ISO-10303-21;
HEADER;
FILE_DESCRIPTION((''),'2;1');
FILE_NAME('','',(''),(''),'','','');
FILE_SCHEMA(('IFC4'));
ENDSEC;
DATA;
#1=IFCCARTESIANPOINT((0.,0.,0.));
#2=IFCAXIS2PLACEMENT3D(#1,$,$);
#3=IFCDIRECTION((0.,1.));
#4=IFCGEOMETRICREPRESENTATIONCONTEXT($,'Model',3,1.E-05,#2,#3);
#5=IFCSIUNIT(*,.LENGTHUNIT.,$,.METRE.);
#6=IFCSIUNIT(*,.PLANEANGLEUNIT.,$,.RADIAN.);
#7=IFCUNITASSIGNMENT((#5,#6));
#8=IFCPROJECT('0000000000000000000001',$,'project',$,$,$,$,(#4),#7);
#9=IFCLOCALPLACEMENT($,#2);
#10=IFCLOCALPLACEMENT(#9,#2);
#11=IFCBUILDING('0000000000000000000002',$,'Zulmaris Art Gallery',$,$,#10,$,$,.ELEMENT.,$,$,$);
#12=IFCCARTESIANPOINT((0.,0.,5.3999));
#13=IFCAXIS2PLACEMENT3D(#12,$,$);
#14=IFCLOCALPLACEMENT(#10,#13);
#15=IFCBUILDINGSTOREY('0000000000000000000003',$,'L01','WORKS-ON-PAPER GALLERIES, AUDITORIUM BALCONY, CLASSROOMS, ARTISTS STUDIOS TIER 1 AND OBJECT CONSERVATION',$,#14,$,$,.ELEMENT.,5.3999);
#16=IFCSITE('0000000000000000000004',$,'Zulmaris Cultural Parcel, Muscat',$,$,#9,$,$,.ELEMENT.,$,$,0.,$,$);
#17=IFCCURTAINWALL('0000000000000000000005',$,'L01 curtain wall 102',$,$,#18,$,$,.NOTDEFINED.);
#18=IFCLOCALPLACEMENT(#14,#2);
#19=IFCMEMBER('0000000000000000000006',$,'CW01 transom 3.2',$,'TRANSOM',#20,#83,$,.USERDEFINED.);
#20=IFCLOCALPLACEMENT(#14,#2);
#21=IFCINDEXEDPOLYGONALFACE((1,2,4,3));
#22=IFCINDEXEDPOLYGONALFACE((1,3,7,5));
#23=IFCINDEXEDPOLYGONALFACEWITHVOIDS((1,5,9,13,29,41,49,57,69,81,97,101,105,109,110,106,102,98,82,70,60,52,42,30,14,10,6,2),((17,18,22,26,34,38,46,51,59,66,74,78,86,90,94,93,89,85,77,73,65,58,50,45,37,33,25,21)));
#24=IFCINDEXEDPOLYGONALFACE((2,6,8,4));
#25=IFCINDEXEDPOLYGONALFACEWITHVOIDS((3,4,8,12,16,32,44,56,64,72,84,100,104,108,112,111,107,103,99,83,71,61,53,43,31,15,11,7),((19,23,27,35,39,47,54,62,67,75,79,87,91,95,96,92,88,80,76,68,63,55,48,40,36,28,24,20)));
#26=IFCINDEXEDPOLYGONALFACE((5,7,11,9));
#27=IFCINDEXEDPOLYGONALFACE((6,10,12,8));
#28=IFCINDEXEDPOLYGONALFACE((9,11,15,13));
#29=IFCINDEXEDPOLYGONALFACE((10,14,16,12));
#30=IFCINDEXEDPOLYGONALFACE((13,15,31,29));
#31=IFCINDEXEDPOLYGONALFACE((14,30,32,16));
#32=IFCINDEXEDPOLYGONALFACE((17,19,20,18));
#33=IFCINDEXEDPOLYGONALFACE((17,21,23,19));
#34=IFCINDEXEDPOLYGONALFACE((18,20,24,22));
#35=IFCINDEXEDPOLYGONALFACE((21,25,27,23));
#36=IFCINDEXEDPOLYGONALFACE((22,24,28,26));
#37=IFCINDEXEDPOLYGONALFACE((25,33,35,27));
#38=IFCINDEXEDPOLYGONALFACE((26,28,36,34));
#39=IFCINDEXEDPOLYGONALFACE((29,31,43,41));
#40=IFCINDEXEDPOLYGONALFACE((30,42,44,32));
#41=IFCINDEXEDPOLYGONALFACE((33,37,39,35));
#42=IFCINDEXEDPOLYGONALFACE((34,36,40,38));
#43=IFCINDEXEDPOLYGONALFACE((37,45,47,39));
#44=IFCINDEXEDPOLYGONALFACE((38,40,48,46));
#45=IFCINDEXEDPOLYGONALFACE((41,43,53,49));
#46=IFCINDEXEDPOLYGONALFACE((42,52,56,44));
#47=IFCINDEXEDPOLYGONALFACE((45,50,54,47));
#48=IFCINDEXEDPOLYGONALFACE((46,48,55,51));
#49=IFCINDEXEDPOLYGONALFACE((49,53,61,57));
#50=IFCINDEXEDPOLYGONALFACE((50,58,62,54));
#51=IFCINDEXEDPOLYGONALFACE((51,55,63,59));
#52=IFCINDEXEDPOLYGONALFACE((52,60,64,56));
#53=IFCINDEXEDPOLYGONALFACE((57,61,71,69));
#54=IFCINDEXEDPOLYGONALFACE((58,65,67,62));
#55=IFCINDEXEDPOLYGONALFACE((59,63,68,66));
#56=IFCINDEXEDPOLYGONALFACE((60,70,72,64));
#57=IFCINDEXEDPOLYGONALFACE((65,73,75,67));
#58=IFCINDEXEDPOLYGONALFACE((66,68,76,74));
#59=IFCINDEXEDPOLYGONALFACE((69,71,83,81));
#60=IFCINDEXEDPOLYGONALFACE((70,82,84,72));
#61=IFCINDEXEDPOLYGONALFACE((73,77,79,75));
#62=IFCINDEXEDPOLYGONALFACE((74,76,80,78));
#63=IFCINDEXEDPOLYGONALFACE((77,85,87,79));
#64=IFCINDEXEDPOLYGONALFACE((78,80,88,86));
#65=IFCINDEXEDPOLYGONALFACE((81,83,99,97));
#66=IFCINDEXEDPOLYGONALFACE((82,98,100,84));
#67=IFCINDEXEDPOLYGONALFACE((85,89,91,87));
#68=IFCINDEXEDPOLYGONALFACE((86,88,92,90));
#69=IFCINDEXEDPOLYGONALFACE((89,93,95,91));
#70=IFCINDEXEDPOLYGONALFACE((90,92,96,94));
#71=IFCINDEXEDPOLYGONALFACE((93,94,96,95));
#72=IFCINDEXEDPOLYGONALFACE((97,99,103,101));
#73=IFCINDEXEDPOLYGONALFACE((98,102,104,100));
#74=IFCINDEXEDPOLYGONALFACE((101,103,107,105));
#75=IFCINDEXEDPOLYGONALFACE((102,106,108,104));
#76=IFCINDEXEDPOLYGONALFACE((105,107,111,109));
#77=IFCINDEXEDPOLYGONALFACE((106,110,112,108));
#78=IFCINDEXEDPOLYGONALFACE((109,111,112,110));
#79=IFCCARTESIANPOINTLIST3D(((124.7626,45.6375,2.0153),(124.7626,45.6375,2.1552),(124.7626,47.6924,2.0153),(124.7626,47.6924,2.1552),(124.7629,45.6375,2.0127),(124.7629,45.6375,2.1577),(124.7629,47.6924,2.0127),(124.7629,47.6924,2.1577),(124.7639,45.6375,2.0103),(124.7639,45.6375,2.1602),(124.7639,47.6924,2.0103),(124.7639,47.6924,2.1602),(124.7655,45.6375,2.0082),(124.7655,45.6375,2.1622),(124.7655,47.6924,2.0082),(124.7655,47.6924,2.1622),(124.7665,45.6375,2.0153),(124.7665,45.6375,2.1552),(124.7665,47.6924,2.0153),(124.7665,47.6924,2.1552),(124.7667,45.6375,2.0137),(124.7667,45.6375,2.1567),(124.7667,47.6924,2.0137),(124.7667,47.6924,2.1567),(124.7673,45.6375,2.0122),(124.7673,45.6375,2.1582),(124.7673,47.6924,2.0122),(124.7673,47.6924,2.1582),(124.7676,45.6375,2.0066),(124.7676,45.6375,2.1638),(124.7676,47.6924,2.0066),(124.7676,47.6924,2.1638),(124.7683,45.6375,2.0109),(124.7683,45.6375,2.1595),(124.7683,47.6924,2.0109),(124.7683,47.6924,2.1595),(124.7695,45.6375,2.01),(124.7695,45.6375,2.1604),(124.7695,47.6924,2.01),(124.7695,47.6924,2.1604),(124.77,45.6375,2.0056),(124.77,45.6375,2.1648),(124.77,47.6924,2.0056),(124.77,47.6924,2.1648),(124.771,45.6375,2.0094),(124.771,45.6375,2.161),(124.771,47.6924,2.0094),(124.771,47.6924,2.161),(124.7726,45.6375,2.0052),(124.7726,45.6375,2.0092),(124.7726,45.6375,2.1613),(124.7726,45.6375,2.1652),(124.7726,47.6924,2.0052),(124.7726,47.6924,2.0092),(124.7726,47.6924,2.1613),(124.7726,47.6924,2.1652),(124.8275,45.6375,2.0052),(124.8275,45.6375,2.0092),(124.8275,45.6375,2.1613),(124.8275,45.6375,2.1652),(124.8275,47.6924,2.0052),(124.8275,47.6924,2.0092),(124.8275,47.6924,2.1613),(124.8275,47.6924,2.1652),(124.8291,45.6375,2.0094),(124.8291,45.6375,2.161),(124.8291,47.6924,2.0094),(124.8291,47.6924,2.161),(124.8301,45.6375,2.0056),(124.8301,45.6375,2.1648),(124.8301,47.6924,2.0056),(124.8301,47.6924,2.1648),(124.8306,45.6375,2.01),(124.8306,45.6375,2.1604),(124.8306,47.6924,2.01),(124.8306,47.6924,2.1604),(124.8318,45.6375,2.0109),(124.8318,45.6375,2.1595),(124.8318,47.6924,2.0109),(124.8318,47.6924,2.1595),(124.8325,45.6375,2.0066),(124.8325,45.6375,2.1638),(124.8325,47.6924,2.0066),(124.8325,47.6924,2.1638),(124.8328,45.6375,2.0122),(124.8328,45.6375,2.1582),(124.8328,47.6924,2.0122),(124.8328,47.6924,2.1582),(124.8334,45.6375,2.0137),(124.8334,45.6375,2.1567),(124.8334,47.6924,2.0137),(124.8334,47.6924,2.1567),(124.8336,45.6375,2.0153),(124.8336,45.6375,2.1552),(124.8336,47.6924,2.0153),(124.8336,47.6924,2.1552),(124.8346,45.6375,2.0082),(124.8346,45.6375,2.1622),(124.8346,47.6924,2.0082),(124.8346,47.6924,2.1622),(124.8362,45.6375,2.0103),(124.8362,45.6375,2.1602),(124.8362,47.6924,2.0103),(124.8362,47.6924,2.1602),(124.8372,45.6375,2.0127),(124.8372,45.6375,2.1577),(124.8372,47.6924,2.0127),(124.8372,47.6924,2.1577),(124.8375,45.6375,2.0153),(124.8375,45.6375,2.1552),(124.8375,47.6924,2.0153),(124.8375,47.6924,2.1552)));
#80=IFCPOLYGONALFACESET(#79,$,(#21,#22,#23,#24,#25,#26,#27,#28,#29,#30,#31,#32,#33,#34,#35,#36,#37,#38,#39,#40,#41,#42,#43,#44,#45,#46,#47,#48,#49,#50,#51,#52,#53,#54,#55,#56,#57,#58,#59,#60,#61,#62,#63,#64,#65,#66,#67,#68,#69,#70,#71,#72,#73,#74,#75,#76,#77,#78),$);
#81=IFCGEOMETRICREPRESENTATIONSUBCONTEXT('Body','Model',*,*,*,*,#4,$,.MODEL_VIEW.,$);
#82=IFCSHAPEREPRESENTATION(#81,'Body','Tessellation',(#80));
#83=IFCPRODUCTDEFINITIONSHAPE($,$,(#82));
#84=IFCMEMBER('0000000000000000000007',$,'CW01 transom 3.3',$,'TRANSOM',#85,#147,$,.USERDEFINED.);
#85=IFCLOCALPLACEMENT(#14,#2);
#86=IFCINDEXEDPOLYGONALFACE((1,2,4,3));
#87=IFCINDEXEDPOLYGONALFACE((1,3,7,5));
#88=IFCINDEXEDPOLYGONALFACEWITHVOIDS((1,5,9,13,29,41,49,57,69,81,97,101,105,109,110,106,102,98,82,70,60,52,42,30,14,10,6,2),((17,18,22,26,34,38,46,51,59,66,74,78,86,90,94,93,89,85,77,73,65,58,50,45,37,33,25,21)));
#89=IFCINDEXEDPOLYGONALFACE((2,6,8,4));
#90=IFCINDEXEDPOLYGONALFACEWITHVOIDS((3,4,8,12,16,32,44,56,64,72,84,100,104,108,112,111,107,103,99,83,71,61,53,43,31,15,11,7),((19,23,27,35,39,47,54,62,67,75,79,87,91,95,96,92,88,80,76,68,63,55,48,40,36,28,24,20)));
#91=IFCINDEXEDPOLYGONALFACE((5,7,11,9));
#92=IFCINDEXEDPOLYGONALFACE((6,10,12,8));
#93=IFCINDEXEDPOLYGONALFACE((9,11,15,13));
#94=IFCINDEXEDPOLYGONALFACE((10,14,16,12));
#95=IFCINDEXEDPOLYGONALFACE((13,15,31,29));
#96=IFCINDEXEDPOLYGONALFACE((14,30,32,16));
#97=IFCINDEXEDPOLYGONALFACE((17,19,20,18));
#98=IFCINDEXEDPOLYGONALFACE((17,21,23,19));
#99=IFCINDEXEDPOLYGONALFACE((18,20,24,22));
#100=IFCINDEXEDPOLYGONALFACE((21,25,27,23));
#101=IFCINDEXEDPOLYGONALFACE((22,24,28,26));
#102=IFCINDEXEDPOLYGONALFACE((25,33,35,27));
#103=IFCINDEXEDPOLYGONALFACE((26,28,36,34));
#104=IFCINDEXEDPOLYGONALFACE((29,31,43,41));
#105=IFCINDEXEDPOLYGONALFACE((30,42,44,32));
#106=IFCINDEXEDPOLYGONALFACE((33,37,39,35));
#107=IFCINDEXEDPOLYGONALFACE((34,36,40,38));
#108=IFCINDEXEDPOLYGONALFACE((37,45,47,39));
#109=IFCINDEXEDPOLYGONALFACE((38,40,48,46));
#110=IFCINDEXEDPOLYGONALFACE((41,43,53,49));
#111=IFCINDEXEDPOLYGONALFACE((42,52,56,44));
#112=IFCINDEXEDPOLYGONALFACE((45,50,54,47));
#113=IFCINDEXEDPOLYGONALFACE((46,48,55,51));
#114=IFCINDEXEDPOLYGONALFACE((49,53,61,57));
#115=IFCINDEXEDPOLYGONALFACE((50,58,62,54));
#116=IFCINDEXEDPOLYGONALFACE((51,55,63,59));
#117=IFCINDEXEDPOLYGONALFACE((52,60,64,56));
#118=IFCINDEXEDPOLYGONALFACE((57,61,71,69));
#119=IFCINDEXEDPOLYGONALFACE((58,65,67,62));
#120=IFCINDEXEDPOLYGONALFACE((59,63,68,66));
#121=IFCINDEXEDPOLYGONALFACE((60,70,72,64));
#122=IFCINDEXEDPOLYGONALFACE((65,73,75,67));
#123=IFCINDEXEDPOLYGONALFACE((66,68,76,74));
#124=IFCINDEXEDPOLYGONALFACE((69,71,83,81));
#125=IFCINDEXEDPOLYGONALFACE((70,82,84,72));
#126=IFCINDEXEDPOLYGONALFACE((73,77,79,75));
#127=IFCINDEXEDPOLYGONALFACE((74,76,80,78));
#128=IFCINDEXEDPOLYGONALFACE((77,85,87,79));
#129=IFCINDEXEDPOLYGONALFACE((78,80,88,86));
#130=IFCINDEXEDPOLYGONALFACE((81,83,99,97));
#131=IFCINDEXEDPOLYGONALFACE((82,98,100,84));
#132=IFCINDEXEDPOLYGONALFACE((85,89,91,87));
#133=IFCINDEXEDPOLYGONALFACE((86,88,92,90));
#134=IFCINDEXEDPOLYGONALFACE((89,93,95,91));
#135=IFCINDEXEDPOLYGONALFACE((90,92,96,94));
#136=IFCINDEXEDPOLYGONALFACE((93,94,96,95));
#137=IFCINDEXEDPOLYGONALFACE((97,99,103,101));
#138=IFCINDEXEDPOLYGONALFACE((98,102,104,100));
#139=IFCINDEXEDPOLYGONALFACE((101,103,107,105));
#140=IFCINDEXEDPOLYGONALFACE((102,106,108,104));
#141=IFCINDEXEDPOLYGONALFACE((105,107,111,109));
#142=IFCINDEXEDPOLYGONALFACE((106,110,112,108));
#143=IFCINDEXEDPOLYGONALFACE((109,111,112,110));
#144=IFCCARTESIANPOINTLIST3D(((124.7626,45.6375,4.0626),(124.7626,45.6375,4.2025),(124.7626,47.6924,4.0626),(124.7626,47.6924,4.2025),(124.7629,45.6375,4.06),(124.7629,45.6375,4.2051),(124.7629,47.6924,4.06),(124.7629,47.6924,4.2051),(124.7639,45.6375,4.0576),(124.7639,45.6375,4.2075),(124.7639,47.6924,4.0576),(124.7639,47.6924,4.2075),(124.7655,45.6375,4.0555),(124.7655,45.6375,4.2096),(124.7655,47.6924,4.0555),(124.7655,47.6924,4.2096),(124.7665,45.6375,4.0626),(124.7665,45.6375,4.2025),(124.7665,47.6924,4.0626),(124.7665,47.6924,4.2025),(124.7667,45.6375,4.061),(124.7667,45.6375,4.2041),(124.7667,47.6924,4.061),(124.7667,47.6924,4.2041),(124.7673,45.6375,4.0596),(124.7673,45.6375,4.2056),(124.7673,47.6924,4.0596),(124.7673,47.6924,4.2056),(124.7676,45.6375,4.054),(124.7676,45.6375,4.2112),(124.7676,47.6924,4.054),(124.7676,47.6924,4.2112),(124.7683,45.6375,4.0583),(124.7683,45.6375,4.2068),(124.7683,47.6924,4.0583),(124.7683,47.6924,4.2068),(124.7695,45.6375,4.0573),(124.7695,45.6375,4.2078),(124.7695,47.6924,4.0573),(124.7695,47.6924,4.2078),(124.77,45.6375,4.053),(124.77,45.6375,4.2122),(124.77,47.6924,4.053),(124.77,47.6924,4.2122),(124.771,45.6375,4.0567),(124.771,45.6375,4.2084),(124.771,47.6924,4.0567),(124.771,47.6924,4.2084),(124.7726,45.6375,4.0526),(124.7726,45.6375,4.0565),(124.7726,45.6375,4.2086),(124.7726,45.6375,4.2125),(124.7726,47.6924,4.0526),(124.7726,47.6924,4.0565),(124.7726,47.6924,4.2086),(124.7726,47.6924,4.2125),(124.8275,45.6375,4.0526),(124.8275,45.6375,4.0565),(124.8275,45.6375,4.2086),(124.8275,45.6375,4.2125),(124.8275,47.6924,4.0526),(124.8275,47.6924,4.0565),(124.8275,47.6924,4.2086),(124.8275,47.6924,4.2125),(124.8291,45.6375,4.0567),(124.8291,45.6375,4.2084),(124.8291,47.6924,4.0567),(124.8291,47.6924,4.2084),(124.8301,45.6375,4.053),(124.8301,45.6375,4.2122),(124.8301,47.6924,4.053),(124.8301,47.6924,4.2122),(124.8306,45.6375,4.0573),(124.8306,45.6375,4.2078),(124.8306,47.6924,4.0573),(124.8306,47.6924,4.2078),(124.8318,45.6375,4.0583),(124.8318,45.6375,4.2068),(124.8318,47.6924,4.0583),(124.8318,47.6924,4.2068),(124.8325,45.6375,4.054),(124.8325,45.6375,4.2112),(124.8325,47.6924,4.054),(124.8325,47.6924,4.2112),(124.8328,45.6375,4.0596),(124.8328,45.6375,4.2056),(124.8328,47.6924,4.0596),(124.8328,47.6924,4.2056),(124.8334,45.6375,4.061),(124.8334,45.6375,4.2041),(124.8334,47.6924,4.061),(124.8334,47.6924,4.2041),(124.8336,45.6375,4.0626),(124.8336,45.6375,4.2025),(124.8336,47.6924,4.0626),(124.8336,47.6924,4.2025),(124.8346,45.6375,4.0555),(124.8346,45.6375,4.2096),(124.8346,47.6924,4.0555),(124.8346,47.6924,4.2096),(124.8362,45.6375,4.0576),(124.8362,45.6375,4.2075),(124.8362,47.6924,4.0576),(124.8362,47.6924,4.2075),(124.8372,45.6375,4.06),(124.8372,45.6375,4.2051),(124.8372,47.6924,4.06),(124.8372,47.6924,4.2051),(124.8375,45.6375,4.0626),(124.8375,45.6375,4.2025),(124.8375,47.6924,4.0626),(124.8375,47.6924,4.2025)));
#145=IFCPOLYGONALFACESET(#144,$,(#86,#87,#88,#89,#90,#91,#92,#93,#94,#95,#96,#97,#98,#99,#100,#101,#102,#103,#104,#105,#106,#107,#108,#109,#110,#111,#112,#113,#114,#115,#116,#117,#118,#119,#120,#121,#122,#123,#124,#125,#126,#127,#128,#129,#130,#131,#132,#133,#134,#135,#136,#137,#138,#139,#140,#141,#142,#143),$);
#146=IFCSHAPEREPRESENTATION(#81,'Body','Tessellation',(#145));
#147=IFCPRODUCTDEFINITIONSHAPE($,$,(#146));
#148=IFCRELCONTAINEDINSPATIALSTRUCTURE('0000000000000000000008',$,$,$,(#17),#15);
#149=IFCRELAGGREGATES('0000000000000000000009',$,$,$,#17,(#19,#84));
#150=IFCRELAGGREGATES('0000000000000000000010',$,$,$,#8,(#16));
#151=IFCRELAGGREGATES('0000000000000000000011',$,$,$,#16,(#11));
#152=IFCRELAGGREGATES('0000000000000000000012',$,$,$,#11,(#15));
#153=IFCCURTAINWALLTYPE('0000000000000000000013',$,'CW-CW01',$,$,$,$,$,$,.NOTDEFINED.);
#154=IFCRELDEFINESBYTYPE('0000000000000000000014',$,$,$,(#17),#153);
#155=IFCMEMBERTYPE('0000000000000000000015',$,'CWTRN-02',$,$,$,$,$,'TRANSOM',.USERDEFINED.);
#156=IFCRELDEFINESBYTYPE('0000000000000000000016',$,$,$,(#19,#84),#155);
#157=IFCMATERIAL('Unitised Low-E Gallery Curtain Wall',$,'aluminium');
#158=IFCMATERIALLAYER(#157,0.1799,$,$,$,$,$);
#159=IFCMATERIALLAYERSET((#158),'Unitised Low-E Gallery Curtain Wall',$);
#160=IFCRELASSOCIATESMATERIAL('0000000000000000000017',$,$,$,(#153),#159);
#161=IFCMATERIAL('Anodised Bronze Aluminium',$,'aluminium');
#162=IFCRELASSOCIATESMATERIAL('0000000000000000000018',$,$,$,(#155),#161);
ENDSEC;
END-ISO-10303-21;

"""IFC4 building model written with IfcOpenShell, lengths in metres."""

from ifc_helpers import new_model, si_unit, direction, frame, origin, origin_2d, place, context, subcontext, project, spatial, hollow_rectangle, extrude, material, layer, layer_set, material_profile, profile_set, type_object, element, aggregate, save


model = new_model("IFC4")

# Units and contexts
model_context = context("Model", 3, precision=1e-05, world=origin(), true_north=direction((0.0, 1.0)))
body_context = subcontext(model_context, "Body", "Model", "MODEL_VIEW")
ifc_project = project(units=[si_unit("LENGTHUNIT", "METRE"), si_unit("PLANEANGLEUNIT", "RADIAN")], contexts=[model_context])

# Site, building, storey
site_placement = place(None, origin())
site = spatial("IfcSite", under=ifc_project, at=site_placement, Name="Zulmaris Cultural Parcel, Muscat", CompositionType="ELEMENT", RefElevation=0.0)
building_placement = place(site_placement, origin())
building = spatial("IfcBuilding", under=site, at=building_placement, Name="Zulmaris Art Gallery", CompositionType="ELEMENT")
storey_placement = place(building_placement, frame((0.0, 0.0, 5.3999)))
storey = spatial("IfcBuildingStorey", under=building, at=storey_placement, Name="L01", Description="WORKS-ON-PAPER GALLERIES, AUDITORIUM BALCONY, CLASSROOMS, ARTISTS STUDIOS TIER 1 AND OBJECT CONSERVATION", CompositionType="ELEMENT", Elevation=5.3999)

# Curtain wall
ifc_material_1 = material(Name="Unitised Low-E Gallery Curtain Wall", Category="aluminium")
ifc_layer_1 = layer(ifc_material_1, 0.1799)
ifc_layer_set_1 = layer_set([ifc_layer_1], Name="Unitised Low-E Gallery Curtain Wall")
curtain_wall_type = type_object("IfcCurtainWallType", Name="CW-CW01", PredefinedType="NOTDEFINED", material=ifc_layer_set_1)
curtain_wall_1_placement = place(storey_placement, origin())
curtain_wall_1 = element("IfcCurtainWall", 1, at=curtain_wall_1_placement, inside=storey, type_object=curtain_wall_type, Name="L01 curtain wall 102", PredefinedType="NOTDEFINED")
ifc_material_2 = material(Name="Anodised Bronze Aluminium", Category="aluminium")

# Members
ifc_material_profile_1 = material_profile(ifc_material_2, hollow_rectangle(XDim=0.075, YDim=0.1599, WallThickness=0.0039, InnerFilletRadius=0.0061, OuterFilletRadius=0.01, at=origin_2d()), Name="ALU 75x160x4")
ifc_profile_set_1 = profile_set([ifc_material_profile_1], Name="Anodised Bronze Aluminium")
member_type_1 = type_object("IfcMemberType", Name="CWTRN-02", ElementType="TRANSOM", PredefinedType="USERDEFINED", material=ifc_profile_set_1)
member_1_placement = place(storey_placement, frame((124.8, 45.6375, 2.0852), z_axis=(0.0, 1.0, 0.0), x_axis=(-1.0, 0.0, 0.0)))
member_1 = element("IfcMember", 2, at=member_1_placement, type_object=member_type_1, Name="CW01 transom 3.2", ObjectType="TRANSOM", PredefinedType="USERDEFINED", context=body_context, shape_type="SweptSolid", body=[
    extrude(hollow_rectangle(XDim=0.075, YDim=0.1599, WallThickness=0.0039, InnerFilletRadius=0.0061, OuterFilletRadius=0.01, at=origin_2d()), origin(), (0.0, 0.0, 1.0), 2.0549),
])
member_2_placement = place(storey_placement, frame((124.8, 45.6375, 4.1326), z_axis=(0.0, 1.0, 0.0), x_axis=(-1.0, 0.0, 0.0)))
member_2 = element("IfcMember", 3, at=member_2_placement, type_object=member_type_1, Name="CW01 transom 3.3", ObjectType="TRANSOM", PredefinedType="USERDEFINED", context=body_context, shape_type="SweptSolid", body=[
    extrude(hollow_rectangle(XDim=0.075, YDim=0.1599, WallThickness=0.0039, InnerFilletRadius=0.0061, OuterFilletRadius=0.01, at=origin_2d()), origin(), (0.0, 0.0, 1.0), 2.0549),
])

aggregate(curtain_wall_1, [member_1, member_2])

save(model, "model.ifc")
